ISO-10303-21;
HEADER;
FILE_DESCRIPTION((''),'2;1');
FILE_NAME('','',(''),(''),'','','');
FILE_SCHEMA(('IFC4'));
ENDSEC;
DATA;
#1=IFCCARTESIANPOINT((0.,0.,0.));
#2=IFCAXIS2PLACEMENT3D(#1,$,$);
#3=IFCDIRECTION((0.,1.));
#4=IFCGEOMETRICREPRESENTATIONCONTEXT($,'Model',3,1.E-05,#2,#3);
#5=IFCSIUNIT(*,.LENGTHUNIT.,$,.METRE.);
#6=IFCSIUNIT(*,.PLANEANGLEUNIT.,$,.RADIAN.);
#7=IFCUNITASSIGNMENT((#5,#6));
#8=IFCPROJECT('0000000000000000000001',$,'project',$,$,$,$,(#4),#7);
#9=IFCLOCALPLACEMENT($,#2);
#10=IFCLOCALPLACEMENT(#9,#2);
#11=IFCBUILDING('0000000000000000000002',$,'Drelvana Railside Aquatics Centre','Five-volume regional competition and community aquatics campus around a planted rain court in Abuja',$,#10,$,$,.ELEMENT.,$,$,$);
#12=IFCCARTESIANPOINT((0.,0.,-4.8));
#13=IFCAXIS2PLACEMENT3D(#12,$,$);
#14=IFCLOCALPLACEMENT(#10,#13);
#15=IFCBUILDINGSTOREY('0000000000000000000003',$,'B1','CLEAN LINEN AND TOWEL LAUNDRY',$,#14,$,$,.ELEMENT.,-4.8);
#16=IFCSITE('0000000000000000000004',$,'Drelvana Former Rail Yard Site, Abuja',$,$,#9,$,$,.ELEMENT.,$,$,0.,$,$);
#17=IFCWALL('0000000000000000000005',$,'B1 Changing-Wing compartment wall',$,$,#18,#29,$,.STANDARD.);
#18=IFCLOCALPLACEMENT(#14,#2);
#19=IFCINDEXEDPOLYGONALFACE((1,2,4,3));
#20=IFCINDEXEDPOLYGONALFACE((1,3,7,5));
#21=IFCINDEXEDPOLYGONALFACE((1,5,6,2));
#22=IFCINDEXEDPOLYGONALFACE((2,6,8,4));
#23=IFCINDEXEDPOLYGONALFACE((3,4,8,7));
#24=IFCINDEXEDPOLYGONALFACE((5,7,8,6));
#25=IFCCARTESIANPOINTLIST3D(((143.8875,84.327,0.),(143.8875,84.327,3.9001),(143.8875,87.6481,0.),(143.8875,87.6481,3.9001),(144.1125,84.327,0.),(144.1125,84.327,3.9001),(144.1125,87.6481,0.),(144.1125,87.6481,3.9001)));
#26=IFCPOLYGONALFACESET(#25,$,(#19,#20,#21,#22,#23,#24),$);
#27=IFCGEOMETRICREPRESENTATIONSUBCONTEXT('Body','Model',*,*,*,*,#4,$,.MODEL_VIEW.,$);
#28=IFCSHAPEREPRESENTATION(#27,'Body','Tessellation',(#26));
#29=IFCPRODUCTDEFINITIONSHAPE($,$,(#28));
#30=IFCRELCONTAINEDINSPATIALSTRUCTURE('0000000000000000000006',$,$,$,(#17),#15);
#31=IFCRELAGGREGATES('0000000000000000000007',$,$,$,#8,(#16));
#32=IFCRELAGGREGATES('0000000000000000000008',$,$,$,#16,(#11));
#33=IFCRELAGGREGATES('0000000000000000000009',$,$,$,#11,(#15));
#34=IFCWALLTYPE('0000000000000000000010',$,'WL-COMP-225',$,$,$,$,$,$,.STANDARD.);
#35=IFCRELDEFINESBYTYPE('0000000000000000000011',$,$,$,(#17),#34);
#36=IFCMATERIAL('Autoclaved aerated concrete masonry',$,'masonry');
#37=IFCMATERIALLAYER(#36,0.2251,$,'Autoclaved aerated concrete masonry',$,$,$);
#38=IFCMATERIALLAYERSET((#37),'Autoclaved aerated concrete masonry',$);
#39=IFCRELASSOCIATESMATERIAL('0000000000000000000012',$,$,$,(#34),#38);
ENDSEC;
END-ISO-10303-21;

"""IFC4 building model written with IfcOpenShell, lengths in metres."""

from ifc_helpers import new_model, si_unit, direction, frame, frame_2d, origin, place, context, subcontext, project, spatial, rectangle, extrude, material, layer, layer_set, type_object, element, save


model = new_model("IFC4")

# Units and contexts
model_context = context("Model", 3, precision=1e-05, world=origin(), true_north=direction((0.0, 1.0)))
body_context = subcontext(model_context, "Body", "Model", "MODEL_VIEW")
ifc_project = project(units=[si_unit("LENGTHUNIT", "METRE"), si_unit("PLANEANGLEUNIT", "RADIAN")], contexts=[model_context])

# Site, building, storey
site_placement = place(None, origin())
site = spatial("IfcSite", under=ifc_project, at=site_placement, Name="Drelvana Former Rail Yard Site, Abuja", CompositionType="ELEMENT", RefElevation=0.0)
building_placement = place(site_placement, origin())
building = spatial("IfcBuilding", under=site, at=building_placement, Name="Drelvana Railside Aquatics Centre", Description="Five-volume regional competition and community aquatics campus around a planted rain court in Abuja", CompositionType="ELEMENT")
storey_placement = place(building_placement, frame((0.0, 0.0, -4.8)))
storey = spatial("IfcBuildingStorey", under=building, at=storey_placement, Name="B1", Description="CLEAN LINEN AND TOWEL LAUNDRY", CompositionType="ELEMENT", Elevation=-4.8)

# Wall
ifc_material_1 = material(Name="Autoclaved aerated concrete masonry", Category="masonry")
ifc_layer = layer(ifc_material_1, 0.2251, Name="Autoclaved aerated concrete masonry")
ifc_layer_set = layer_set([ifc_layer], Name="Autoclaved aerated concrete masonry")
wall_type = type_object("IfcWallType", Name="WL-COMP-225", PredefinedType="STANDARD", material=ifc_layer_set)
wall_placement = place(storey_placement, frame((144.0, 84.3269, 0.0), z_axis=(0.0, 0.0, 1.0), x_axis=(0.0, 1.0, 0.0)))
element("IfcWall", 1, at=wall_placement, inside=storey, type_object=wall_type, Name="B1 Changing-Wing compartment wall", PredefinedType="STANDARD", context=body_context, shape_type="SweptSolid", body=[
    extrude(rectangle(XDim=3.321, YDim=0.2251, at=frame_2d((1.6606, 0.0))), origin(), (0.0, 0.0, 1.0), 3.9001),
])

save(model, "model.ifc")
